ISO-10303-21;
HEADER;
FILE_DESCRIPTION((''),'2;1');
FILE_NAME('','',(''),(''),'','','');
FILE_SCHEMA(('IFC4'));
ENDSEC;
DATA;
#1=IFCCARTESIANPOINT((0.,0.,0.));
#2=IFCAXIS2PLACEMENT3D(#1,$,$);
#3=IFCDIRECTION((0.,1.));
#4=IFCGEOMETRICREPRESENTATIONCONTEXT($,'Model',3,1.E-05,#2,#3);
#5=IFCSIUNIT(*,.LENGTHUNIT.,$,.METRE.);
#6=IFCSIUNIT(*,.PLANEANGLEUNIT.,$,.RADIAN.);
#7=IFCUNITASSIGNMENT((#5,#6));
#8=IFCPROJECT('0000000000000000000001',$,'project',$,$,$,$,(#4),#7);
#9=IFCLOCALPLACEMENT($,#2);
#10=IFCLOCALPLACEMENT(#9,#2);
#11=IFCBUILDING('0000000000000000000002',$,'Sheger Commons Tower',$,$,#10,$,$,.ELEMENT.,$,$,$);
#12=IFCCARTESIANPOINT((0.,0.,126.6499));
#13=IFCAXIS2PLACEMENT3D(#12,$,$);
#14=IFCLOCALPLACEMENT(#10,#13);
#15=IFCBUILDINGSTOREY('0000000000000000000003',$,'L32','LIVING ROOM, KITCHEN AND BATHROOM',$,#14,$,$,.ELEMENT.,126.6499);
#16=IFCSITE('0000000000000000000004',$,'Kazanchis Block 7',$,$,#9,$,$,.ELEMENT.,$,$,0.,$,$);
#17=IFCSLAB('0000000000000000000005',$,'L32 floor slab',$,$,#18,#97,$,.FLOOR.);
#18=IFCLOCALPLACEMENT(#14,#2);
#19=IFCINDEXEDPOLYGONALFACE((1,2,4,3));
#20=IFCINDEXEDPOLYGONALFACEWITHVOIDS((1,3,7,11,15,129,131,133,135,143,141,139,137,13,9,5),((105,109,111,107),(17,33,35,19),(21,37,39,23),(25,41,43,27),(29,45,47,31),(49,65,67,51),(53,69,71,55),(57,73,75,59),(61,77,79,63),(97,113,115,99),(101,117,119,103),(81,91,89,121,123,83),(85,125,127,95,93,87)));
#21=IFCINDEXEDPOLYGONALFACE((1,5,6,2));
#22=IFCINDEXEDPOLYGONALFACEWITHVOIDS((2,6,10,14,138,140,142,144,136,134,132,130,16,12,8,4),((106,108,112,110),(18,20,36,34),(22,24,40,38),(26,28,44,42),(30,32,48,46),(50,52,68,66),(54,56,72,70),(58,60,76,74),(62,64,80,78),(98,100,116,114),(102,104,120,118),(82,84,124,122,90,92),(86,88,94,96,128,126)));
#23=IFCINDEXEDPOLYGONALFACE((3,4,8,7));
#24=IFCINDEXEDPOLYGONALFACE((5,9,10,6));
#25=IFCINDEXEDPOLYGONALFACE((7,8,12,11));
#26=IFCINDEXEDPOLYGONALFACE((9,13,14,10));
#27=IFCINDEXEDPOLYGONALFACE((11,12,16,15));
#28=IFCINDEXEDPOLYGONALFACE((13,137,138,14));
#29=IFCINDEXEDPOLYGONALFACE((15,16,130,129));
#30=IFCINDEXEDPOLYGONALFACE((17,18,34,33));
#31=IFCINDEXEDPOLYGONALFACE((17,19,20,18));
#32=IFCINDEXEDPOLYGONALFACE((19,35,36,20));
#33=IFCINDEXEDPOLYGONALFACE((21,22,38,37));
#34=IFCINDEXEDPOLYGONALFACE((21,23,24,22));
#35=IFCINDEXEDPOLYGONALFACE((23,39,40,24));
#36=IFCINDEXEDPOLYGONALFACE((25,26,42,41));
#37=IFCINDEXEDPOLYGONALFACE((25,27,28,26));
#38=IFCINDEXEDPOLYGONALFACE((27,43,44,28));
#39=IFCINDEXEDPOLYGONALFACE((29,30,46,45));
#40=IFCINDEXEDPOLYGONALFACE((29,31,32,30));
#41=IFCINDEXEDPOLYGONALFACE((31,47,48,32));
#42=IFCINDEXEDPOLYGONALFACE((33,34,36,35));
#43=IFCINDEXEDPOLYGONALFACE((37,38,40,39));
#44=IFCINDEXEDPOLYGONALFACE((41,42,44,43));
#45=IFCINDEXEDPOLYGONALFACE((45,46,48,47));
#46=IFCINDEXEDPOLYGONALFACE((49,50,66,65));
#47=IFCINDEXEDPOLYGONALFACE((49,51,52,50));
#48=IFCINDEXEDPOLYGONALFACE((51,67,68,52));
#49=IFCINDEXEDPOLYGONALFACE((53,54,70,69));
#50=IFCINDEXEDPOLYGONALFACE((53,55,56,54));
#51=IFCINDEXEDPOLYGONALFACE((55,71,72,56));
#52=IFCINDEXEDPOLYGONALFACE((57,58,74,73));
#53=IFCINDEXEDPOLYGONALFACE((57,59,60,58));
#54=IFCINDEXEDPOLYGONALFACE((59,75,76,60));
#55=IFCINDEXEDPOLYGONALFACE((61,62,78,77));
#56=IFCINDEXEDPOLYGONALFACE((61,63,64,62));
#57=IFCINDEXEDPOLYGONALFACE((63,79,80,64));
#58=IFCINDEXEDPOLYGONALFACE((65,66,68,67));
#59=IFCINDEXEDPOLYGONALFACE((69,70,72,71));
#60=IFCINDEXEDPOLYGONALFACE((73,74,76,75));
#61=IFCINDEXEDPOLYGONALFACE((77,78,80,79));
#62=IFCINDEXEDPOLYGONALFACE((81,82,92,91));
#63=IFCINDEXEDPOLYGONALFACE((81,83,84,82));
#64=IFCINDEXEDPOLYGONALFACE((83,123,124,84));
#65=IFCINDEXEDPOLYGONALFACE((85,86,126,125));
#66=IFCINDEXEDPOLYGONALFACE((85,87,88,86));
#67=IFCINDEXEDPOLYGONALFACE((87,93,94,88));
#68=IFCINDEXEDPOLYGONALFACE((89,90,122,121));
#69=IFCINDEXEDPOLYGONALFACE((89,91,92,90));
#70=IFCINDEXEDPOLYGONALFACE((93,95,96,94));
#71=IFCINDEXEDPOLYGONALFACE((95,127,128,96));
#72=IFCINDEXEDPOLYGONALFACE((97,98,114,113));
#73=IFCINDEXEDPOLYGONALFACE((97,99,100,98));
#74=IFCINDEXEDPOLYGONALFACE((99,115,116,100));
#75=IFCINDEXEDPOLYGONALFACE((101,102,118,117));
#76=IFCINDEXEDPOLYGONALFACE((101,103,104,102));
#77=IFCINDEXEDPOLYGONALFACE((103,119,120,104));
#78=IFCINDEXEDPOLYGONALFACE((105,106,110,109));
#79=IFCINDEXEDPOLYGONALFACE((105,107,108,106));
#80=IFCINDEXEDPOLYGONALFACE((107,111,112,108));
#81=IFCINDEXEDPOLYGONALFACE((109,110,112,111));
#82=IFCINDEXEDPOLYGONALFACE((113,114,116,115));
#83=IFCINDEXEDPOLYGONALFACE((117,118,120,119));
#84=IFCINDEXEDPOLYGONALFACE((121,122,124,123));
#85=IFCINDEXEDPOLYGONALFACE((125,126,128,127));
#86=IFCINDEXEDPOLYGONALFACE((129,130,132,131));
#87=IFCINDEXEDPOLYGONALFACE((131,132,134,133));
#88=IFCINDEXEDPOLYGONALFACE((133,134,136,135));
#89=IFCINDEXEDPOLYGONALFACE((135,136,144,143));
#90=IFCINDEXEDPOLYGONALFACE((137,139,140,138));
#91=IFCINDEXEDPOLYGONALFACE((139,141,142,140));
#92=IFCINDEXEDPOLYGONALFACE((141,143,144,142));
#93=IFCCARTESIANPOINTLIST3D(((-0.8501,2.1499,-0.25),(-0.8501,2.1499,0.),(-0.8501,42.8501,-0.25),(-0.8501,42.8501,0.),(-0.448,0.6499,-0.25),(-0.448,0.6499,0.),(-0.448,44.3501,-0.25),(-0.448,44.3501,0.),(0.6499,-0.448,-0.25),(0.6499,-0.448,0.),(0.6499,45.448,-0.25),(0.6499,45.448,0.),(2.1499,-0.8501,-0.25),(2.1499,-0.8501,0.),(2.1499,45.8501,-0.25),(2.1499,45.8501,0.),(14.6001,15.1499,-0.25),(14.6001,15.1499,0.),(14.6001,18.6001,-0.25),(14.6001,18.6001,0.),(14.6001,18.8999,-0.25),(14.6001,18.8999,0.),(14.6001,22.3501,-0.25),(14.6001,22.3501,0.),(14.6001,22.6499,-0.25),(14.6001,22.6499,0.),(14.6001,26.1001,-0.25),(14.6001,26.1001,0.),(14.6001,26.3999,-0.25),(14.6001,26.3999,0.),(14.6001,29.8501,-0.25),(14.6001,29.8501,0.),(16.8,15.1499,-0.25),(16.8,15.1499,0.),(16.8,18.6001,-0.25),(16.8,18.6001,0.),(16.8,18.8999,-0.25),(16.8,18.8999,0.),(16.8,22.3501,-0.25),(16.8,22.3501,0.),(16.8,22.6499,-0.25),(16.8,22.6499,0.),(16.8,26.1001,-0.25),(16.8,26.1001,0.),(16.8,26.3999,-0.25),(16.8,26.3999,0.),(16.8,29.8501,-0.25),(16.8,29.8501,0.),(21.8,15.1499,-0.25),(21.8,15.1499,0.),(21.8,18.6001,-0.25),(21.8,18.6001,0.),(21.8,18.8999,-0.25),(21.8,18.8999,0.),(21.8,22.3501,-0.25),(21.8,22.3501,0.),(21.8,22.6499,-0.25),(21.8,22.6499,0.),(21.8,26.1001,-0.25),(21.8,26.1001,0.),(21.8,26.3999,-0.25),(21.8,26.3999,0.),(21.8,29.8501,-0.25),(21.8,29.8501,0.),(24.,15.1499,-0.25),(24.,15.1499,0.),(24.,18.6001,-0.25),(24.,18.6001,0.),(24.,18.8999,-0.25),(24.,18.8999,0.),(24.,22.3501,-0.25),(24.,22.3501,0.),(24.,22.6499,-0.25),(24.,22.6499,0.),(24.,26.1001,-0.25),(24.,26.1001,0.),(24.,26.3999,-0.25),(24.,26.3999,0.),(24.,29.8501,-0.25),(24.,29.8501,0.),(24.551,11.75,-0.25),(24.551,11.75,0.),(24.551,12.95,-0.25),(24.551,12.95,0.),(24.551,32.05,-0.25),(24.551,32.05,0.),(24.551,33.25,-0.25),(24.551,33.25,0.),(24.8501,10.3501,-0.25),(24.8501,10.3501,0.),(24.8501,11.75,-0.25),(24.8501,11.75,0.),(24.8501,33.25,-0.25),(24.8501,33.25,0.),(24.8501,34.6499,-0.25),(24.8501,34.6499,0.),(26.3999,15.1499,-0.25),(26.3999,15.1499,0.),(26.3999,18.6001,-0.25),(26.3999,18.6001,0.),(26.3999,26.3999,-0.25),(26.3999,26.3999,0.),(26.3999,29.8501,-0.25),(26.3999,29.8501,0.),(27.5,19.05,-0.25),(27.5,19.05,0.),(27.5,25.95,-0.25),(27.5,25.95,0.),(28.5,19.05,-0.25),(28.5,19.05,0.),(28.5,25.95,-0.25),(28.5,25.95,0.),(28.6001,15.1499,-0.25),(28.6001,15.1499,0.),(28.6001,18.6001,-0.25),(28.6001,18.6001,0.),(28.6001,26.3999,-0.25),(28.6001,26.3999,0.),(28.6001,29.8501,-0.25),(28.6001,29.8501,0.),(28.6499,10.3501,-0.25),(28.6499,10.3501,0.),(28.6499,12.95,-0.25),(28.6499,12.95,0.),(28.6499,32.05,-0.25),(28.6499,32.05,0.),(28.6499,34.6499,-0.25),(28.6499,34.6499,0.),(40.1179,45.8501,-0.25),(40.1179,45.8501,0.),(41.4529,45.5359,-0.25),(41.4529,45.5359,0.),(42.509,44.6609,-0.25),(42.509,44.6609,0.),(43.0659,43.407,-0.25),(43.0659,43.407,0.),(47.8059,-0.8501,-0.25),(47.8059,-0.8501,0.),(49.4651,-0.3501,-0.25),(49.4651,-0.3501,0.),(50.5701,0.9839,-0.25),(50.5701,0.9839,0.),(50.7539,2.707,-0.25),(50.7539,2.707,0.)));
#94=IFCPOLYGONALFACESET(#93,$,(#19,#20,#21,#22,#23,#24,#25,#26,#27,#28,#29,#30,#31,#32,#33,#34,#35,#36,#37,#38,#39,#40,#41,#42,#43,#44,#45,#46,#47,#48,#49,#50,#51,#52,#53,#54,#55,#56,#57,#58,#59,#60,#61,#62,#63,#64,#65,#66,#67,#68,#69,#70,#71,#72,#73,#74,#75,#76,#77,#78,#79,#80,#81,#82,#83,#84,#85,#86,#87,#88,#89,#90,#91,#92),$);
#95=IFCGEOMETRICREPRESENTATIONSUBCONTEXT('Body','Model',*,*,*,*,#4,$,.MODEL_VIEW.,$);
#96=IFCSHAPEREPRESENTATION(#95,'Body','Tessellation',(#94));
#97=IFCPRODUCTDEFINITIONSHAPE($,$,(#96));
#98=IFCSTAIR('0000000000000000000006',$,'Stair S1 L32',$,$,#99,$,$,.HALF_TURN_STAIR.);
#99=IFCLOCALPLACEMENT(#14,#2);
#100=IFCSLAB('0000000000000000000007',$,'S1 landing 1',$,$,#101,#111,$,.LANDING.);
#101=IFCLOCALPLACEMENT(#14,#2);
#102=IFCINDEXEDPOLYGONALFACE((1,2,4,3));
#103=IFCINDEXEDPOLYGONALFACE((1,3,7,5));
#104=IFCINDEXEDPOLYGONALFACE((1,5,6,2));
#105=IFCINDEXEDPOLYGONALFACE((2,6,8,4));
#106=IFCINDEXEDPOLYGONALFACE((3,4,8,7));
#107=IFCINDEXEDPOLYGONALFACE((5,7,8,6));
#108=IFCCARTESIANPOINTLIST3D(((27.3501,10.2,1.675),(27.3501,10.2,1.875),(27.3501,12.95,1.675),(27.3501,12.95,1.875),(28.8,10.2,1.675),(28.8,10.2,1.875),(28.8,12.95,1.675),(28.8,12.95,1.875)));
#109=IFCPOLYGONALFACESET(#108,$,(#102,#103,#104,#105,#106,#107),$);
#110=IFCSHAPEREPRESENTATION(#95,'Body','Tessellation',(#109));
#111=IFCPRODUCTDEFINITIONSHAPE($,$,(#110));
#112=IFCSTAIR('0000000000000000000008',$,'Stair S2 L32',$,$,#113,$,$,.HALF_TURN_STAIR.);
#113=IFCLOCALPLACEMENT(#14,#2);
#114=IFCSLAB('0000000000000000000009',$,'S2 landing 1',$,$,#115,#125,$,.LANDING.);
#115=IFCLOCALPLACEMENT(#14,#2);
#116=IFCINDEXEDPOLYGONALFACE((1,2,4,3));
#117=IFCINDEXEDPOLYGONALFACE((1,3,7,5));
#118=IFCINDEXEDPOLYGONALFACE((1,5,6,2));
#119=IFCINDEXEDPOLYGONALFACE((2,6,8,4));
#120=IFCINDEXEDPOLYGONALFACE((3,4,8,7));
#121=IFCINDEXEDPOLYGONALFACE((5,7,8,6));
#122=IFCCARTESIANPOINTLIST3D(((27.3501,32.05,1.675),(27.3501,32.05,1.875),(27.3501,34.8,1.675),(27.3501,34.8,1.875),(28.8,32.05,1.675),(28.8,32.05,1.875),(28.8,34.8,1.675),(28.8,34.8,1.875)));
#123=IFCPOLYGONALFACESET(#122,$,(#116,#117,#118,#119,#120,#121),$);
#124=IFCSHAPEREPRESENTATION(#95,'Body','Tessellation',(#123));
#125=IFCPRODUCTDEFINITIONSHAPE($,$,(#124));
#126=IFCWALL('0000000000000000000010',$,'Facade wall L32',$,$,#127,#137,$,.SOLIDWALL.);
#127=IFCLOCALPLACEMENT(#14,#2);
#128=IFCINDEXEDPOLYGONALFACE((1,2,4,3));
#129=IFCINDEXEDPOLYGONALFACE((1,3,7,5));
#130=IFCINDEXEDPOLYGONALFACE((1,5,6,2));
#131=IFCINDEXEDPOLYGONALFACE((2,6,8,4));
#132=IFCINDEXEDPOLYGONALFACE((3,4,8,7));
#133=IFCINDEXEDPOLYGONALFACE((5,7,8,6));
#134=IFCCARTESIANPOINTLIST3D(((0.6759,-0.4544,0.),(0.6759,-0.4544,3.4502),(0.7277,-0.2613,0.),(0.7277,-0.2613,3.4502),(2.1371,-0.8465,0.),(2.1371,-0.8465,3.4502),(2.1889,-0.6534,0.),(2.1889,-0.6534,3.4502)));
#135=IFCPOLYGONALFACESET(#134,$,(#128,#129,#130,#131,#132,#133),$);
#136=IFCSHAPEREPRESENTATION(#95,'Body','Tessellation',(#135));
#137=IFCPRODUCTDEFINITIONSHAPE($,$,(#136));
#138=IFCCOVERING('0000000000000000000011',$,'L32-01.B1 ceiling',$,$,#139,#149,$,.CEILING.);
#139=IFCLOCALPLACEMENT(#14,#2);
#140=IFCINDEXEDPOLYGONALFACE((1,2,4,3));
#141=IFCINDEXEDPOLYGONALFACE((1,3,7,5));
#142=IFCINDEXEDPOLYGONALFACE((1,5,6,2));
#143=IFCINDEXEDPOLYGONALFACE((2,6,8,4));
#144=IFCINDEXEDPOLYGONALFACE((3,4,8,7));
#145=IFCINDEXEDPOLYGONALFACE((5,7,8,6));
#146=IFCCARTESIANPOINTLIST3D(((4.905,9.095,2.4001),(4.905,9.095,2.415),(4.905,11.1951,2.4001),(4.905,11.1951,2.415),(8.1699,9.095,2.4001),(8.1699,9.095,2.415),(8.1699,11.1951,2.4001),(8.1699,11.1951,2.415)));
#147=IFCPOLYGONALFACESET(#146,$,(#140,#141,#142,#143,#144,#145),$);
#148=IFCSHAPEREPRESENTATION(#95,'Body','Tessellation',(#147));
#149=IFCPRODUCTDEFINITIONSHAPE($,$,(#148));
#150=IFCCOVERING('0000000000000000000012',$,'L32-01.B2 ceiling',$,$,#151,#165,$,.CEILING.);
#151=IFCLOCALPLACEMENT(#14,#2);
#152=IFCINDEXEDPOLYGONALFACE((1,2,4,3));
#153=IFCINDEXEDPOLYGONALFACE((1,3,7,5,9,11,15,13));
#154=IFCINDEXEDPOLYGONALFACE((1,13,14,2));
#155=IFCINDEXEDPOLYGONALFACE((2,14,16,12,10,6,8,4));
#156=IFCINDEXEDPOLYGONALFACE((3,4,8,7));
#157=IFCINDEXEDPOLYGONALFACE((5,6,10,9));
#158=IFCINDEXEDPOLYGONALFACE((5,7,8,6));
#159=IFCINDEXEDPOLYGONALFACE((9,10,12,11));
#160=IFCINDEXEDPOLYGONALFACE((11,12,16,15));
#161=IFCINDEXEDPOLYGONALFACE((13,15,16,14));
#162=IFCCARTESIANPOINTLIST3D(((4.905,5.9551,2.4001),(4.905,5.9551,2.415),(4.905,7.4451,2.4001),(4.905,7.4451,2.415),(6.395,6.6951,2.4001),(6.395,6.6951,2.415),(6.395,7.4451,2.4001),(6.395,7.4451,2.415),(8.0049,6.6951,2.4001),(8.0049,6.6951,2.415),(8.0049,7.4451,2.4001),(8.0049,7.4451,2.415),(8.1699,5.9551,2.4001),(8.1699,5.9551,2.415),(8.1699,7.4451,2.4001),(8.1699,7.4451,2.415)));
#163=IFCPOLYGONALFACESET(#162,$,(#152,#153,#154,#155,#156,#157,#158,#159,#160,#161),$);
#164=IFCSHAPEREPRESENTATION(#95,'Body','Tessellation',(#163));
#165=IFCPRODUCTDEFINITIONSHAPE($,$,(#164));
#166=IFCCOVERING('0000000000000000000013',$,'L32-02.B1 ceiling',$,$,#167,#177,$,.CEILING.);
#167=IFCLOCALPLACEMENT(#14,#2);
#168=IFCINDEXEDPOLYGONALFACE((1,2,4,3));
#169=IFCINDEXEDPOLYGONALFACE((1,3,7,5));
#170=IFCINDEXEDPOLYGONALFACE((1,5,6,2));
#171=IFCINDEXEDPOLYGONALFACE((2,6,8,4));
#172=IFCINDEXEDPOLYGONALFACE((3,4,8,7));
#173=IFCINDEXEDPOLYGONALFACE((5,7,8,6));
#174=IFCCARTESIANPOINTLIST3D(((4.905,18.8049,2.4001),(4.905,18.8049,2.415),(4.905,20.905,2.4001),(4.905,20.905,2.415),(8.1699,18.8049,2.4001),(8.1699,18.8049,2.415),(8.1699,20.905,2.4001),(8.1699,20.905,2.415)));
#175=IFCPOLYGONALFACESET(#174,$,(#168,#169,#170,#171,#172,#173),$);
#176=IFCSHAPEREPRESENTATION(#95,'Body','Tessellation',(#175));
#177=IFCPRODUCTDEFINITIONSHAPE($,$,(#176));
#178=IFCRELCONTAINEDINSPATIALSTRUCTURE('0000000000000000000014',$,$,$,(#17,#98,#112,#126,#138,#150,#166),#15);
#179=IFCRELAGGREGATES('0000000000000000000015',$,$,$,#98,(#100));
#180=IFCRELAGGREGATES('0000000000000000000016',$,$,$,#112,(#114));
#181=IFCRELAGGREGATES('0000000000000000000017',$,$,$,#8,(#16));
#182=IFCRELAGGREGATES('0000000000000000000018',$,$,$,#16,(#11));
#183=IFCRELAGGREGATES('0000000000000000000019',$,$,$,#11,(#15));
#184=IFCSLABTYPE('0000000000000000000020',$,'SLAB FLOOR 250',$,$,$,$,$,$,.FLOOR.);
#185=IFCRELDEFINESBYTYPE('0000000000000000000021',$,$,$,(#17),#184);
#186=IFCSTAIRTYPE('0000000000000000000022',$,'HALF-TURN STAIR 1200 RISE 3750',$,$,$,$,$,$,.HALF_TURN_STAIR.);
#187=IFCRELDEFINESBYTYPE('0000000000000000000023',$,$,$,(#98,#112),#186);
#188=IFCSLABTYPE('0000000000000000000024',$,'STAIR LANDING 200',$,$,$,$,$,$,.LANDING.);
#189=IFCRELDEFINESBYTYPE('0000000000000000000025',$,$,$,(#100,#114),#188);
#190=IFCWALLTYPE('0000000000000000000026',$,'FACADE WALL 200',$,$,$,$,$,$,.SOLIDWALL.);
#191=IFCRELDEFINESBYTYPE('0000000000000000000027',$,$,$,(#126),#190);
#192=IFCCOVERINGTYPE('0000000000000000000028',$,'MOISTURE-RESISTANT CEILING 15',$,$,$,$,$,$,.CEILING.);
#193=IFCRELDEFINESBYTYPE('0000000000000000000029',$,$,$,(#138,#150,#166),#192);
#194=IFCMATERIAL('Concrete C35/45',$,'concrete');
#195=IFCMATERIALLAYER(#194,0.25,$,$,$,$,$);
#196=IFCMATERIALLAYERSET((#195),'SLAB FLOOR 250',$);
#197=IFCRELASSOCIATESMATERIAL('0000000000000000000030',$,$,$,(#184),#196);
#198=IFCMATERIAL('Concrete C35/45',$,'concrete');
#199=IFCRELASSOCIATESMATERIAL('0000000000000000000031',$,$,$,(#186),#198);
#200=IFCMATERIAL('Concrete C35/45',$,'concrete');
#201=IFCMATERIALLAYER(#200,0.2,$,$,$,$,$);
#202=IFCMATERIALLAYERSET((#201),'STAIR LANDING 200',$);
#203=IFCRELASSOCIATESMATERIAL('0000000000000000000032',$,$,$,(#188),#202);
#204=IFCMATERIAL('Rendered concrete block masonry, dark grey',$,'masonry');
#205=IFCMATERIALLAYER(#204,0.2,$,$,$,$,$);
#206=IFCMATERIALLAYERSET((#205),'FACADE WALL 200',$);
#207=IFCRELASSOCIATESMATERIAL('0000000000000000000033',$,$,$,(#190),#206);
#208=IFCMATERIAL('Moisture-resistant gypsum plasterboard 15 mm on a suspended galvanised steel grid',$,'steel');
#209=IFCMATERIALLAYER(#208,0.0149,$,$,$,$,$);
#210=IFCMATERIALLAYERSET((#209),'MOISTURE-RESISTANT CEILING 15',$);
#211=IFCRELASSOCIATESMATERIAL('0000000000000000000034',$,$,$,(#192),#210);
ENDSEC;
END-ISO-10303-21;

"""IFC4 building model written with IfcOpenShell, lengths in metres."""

from ifc_helpers import new_model, si_unit, direction, frame, frame_2d, origin, place, context, subcontext, project, spatial, polyline, rectangle, outline, extrude, material, layer, layer_set, type_object, element, aggregate, save


model = new_model("IFC4")

# Units and contexts
model_context = context("Model", 3, precision=1e-05, world=origin(), true_north=direction((0.0, 1.0)))
body_context = subcontext(model_context, "Body", "Model", "MODEL_VIEW")
ifc_project = project(units=[si_unit("LENGTHUNIT", "METRE"), si_unit("PLANEANGLEUNIT", "RADIAN")], contexts=[model_context])

# Site, building, storey
site_placement = place(None, origin())
site = spatial("IfcSite", under=ifc_project, at=site_placement, Name="Kazanchis Block 7", CompositionType="ELEMENT", RefElevation=0.0)
building_placement = place(site_placement, origin())
building = spatial("IfcBuilding", under=site, at=building_placement, Name="Sheger Commons Tower", CompositionType="ELEMENT")
storey_placement = place(building_placement, frame((0.0, 0.0, 126.6499)))
storey = spatial("IfcBuildingStorey", under=building, at=storey_placement, Name="L32", Description="LIVING ROOM, KITCHEN AND BATHROOM", CompositionType="ELEMENT", Elevation=126.6499)

# Slab
ifc_material_1 = material(Name="Concrete C35/45", Category="concrete")
ifc_layer_1 = layer(ifc_material_1, 0.25)
ifc_layer_set_1 = layer_set([ifc_layer_1], Name="SLAB FLOOR 250")
slab_type_1 = type_object("IfcSlabType", Name="SLAB FLOOR 250", PredefinedType="FLOOR", material=ifc_layer_set_1)
slab_1_placement = place(storey_placement, frame((0.0, 0.0, -0.25)))
element("IfcSlab", 1, at=slab_1_placement, inside=storey, type_object=slab_type_1, Name="L32 floor slab", PredefinedType="FLOOR", context=body_context, shape_type="SweptSolid", body=[
    extrude(outline(polyline([(-0.8501, 2.1499), (-0.448, 0.6499), (0.6499, -0.448), (2.1499, -0.8501), (47.8059, -0.8501), (49.4651, -0.3501), (50.5701, 0.9839), (50.7539, 2.707), (43.0659, 43.407), (42.509, 44.6609), (41.4529, 45.5359), (40.1179, 45.8501), (2.1499, 45.8501), (0.6499, 45.448), (-0.448, 44.3501), (-0.8501, 42.8501), (-0.8501, 2.1499)]), holes=[polyline([(24.8501, 10.3501), (28.6499, 10.3501), (28.6499, 12.95), (24.551, 12.95), (24.551, 11.75), (24.8501, 11.75), (24.8501, 10.3501)]), polyline([(24.551, 32.05), (28.6499, 32.05), (28.6499, 34.6499), (24.8501, 34.6499), (24.8501, 33.25), (24.551, 33.25), (24.551, 32.05)]), polyline([(26.3999, 15.1499), (28.6001, 15.1499), (28.6001, 18.6001), (26.3999, 18.6001), (26.3999, 15.1499)]), polyline([(26.3999, 26.3999), (28.6001, 26.3999), (28.6001, 29.8501), (26.3999, 29.8501), (26.3999, 26.3999)]), polyline([(14.6001, 15.1499), (16.8, 15.1499), (16.8, 18.6001), (14.6001, 18.6001), (14.6001, 15.1499)]), polyline([(14.6001, 18.8999), (16.8, 18.8999), (16.8, 22.3501), (14.6001, 22.3501), (14.6001, 18.8999)]), polyline([(14.6001, 22.6499), (16.8, 22.6499), (16.8, 26.1001), (14.6001, 26.1001), (14.6001, 22.6499)]), polyline([(14.6001, 26.3999), (16.8, 26.3999), (16.8, 29.8501), (14.6001, 29.8501), (14.6001, 26.3999)]), polyline([(21.8, 15.1499), (24.0, 15.1499), (24.0, 18.6001), (21.8, 18.6001), (21.8, 15.1499)]), polyline([(21.8, 18.8999), (24.0, 18.8999), (24.0, 22.3501), (21.8, 22.3501), (21.8, 18.8999)]), polyline([(21.8, 22.6499), (24.0, 22.6499), (24.0, 26.1001), (21.8, 26.1001), (21.8, 22.6499)]), polyline([(21.8, 26.3999), (24.0, 26.3999), (24.0, 29.8501), (21.8, 29.8501), (21.8, 26.3999)]), polyline([(27.5, 19.05), (28.5, 19.05), (28.5, 25.95), (27.5, 25.95), (27.5, 19.05)])]), origin(), (0.0, 0.0, 1.0), 0.25),
])

# Stairs, slabs
ifc_material_2 = material(Name="Concrete C35/45", Category="concrete")
stair_type = type_object("IfcStairType", Name="HALF-TURN STAIR 1200 RISE 3750", PredefinedType="HALF_TURN_STAIR", material=ifc_material_2)
stair_1_placement = place(storey_placement, origin())
stair_1 = element("IfcStair", 2, at=stair_1_placement, inside=storey, type_object=stair_type, Name="Stair S1 L32", PredefinedType="HALF_TURN_STAIR")
ifc_material_3 = material(Name="Concrete C35/45", Category="concrete")
ifc_layer_2 = layer(ifc_material_3, 0.2)
ifc_layer_set_2 = layer_set([ifc_layer_2], Name="STAIR LANDING 200")
slab_type_2 = type_object("IfcSlabType", Name="STAIR LANDING 200", PredefinedType="LANDING", material=ifc_layer_set_2)
slab_2_placement = place(storey_placement, frame((0.0, 0.0, 1.675)))
slab_2 = element("IfcSlab", 3, at=slab_2_placement, type_object=slab_type_2, Name="S1 landing 1", PredefinedType="LANDING", context=body_context, shape_type="SweptSolid", body=[
    extrude(outline(polyline([(27.3501, 10.2), (28.8, 10.2), (28.8, 12.95), (27.3501, 12.95), (27.3501, 10.2)])), origin(), (0.0, 0.0, 1.0), 0.2),
])
aggregate(stair_1, [slab_2])
stair_2_placement = place(storey_placement, origin())
stair_2 = element("IfcStair", 4, at=stair_2_placement, inside=storey, type_object=stair_type, Name="Stair S2 L32", PredefinedType="HALF_TURN_STAIR")
slab_3_placement = place(storey_placement, frame((0.0, 0.0, 1.675)))
slab_3 = element("IfcSlab", 5, at=slab_3_placement, type_object=slab_type_2, Name="S2 landing 1", PredefinedType="LANDING", context=body_context, shape_type="SweptSolid", body=[
    extrude(outline(polyline([(27.3501, 32.05), (28.8, 32.05), (28.8, 34.8), (27.3501, 34.8), (27.3501, 32.05)])), origin(), (0.0, 0.0, 1.0), 0.2),
])
aggregate(stair_2, [slab_3])

# Wall
ifc_material_4 = material(Name="Rendered concrete block masonry, dark grey", Category="masonry")
ifc_layer_3 = layer(ifc_material_4, 0.2)
ifc_layer_set_3 = layer_set([ifc_layer_3], Name="FACADE WALL 200")
wall_type = type_object("IfcWallType", Name="FACADE WALL 200", PredefinedType="SOLIDWALL", material=ifc_layer_set_3)
wall_placement = place(storey_placement, frame((0.7019, -0.3579, 0.0), z_axis=(0.0, 0.0, 1.0), x_axis=(0.965832, -0.259169, 0.0)))
element("IfcWall", 6, at=wall_placement, inside=storey, type_object=wall_type, Name="Facade wall L32", PredefinedType="SOLIDWALL", context=body_context, shape_type="SweptSolid", body=[
    extrude(rectangle(XDim=1.5129, YDim=0.2, at=frame_2d((0.7563, 0.0))), origin(), (0.0, 0.0, 1.0), 3.4502),
])

# Coverings
ifc_material_5 = material(Name="Moisture-resistant gypsum plasterboard 15 mm on a suspended galvanised steel grid", Category="steel")
ifc_layer_4 = layer(ifc_material_5, 0.0149)
ifc_layer_set_4 = layer_set([ifc_layer_4], Name="MOISTURE-RESISTANT CEILING 15")
covering_type_1 = type_object("IfcCoveringType", Name="MOISTURE-RESISTANT CEILING 15", PredefinedType="CEILING", material=ifc_layer_set_4)
covering_1_placement = place(storey_placement, frame((0.0, 0.0, 2.4001)))
element("IfcCovering", 7, at=covering_1_placement, inside=storey, type_object=covering_type_1, Name="L32-01.B1 ceiling", PredefinedType="CEILING", context=body_context, shape_type="SweptSolid", body=[
    extrude(outline(polyline([(4.905, 9.095), (8.1699, 9.095), (8.1699, 11.1951), (4.905, 11.1951), (4.905, 9.095)])), origin(), (0.0, 0.0, 1.0), 0.0149),
])
covering_2_placement = place(storey_placement, frame((0.0, 0.0, 2.4001)))
element("IfcCovering", 8, at=covering_2_placement, inside=storey, type_object=covering_type_1, Name="L32-01.B2 ceiling", PredefinedType="CEILING", context=body_context, shape_type="SweptSolid", body=[
    extrude(outline(polyline([(4.905, 5.9551), (8.1699, 5.9551), (8.1699, 7.4451), (8.0049, 7.4451), (8.0049, 6.6951), (6.395, 6.6951), (6.395, 7.4451), (4.905, 7.4451), (4.905, 5.9551)])), origin(), (0.0, 0.0, 1.0), 0.0149),
])
covering_3_placement = place(storey_placement, frame((0.0, 0.0, 2.4001)))
element("IfcCovering", 9, at=covering_3_placement, inside=storey, type_object=covering_type_1, Name="L32-02.B1 ceiling", PredefinedType="CEILING", context=body_context, shape_type="SweptSolid", body=[
    extrude(outline(polyline([(4.905, 18.8049), (8.1699, 18.8049), (8.1699, 20.905), (4.905, 20.905), (4.905, 18.8049)])), origin(), (0.0, 0.0, 1.0), 0.0149),
])

save(model, "model.ifc")
